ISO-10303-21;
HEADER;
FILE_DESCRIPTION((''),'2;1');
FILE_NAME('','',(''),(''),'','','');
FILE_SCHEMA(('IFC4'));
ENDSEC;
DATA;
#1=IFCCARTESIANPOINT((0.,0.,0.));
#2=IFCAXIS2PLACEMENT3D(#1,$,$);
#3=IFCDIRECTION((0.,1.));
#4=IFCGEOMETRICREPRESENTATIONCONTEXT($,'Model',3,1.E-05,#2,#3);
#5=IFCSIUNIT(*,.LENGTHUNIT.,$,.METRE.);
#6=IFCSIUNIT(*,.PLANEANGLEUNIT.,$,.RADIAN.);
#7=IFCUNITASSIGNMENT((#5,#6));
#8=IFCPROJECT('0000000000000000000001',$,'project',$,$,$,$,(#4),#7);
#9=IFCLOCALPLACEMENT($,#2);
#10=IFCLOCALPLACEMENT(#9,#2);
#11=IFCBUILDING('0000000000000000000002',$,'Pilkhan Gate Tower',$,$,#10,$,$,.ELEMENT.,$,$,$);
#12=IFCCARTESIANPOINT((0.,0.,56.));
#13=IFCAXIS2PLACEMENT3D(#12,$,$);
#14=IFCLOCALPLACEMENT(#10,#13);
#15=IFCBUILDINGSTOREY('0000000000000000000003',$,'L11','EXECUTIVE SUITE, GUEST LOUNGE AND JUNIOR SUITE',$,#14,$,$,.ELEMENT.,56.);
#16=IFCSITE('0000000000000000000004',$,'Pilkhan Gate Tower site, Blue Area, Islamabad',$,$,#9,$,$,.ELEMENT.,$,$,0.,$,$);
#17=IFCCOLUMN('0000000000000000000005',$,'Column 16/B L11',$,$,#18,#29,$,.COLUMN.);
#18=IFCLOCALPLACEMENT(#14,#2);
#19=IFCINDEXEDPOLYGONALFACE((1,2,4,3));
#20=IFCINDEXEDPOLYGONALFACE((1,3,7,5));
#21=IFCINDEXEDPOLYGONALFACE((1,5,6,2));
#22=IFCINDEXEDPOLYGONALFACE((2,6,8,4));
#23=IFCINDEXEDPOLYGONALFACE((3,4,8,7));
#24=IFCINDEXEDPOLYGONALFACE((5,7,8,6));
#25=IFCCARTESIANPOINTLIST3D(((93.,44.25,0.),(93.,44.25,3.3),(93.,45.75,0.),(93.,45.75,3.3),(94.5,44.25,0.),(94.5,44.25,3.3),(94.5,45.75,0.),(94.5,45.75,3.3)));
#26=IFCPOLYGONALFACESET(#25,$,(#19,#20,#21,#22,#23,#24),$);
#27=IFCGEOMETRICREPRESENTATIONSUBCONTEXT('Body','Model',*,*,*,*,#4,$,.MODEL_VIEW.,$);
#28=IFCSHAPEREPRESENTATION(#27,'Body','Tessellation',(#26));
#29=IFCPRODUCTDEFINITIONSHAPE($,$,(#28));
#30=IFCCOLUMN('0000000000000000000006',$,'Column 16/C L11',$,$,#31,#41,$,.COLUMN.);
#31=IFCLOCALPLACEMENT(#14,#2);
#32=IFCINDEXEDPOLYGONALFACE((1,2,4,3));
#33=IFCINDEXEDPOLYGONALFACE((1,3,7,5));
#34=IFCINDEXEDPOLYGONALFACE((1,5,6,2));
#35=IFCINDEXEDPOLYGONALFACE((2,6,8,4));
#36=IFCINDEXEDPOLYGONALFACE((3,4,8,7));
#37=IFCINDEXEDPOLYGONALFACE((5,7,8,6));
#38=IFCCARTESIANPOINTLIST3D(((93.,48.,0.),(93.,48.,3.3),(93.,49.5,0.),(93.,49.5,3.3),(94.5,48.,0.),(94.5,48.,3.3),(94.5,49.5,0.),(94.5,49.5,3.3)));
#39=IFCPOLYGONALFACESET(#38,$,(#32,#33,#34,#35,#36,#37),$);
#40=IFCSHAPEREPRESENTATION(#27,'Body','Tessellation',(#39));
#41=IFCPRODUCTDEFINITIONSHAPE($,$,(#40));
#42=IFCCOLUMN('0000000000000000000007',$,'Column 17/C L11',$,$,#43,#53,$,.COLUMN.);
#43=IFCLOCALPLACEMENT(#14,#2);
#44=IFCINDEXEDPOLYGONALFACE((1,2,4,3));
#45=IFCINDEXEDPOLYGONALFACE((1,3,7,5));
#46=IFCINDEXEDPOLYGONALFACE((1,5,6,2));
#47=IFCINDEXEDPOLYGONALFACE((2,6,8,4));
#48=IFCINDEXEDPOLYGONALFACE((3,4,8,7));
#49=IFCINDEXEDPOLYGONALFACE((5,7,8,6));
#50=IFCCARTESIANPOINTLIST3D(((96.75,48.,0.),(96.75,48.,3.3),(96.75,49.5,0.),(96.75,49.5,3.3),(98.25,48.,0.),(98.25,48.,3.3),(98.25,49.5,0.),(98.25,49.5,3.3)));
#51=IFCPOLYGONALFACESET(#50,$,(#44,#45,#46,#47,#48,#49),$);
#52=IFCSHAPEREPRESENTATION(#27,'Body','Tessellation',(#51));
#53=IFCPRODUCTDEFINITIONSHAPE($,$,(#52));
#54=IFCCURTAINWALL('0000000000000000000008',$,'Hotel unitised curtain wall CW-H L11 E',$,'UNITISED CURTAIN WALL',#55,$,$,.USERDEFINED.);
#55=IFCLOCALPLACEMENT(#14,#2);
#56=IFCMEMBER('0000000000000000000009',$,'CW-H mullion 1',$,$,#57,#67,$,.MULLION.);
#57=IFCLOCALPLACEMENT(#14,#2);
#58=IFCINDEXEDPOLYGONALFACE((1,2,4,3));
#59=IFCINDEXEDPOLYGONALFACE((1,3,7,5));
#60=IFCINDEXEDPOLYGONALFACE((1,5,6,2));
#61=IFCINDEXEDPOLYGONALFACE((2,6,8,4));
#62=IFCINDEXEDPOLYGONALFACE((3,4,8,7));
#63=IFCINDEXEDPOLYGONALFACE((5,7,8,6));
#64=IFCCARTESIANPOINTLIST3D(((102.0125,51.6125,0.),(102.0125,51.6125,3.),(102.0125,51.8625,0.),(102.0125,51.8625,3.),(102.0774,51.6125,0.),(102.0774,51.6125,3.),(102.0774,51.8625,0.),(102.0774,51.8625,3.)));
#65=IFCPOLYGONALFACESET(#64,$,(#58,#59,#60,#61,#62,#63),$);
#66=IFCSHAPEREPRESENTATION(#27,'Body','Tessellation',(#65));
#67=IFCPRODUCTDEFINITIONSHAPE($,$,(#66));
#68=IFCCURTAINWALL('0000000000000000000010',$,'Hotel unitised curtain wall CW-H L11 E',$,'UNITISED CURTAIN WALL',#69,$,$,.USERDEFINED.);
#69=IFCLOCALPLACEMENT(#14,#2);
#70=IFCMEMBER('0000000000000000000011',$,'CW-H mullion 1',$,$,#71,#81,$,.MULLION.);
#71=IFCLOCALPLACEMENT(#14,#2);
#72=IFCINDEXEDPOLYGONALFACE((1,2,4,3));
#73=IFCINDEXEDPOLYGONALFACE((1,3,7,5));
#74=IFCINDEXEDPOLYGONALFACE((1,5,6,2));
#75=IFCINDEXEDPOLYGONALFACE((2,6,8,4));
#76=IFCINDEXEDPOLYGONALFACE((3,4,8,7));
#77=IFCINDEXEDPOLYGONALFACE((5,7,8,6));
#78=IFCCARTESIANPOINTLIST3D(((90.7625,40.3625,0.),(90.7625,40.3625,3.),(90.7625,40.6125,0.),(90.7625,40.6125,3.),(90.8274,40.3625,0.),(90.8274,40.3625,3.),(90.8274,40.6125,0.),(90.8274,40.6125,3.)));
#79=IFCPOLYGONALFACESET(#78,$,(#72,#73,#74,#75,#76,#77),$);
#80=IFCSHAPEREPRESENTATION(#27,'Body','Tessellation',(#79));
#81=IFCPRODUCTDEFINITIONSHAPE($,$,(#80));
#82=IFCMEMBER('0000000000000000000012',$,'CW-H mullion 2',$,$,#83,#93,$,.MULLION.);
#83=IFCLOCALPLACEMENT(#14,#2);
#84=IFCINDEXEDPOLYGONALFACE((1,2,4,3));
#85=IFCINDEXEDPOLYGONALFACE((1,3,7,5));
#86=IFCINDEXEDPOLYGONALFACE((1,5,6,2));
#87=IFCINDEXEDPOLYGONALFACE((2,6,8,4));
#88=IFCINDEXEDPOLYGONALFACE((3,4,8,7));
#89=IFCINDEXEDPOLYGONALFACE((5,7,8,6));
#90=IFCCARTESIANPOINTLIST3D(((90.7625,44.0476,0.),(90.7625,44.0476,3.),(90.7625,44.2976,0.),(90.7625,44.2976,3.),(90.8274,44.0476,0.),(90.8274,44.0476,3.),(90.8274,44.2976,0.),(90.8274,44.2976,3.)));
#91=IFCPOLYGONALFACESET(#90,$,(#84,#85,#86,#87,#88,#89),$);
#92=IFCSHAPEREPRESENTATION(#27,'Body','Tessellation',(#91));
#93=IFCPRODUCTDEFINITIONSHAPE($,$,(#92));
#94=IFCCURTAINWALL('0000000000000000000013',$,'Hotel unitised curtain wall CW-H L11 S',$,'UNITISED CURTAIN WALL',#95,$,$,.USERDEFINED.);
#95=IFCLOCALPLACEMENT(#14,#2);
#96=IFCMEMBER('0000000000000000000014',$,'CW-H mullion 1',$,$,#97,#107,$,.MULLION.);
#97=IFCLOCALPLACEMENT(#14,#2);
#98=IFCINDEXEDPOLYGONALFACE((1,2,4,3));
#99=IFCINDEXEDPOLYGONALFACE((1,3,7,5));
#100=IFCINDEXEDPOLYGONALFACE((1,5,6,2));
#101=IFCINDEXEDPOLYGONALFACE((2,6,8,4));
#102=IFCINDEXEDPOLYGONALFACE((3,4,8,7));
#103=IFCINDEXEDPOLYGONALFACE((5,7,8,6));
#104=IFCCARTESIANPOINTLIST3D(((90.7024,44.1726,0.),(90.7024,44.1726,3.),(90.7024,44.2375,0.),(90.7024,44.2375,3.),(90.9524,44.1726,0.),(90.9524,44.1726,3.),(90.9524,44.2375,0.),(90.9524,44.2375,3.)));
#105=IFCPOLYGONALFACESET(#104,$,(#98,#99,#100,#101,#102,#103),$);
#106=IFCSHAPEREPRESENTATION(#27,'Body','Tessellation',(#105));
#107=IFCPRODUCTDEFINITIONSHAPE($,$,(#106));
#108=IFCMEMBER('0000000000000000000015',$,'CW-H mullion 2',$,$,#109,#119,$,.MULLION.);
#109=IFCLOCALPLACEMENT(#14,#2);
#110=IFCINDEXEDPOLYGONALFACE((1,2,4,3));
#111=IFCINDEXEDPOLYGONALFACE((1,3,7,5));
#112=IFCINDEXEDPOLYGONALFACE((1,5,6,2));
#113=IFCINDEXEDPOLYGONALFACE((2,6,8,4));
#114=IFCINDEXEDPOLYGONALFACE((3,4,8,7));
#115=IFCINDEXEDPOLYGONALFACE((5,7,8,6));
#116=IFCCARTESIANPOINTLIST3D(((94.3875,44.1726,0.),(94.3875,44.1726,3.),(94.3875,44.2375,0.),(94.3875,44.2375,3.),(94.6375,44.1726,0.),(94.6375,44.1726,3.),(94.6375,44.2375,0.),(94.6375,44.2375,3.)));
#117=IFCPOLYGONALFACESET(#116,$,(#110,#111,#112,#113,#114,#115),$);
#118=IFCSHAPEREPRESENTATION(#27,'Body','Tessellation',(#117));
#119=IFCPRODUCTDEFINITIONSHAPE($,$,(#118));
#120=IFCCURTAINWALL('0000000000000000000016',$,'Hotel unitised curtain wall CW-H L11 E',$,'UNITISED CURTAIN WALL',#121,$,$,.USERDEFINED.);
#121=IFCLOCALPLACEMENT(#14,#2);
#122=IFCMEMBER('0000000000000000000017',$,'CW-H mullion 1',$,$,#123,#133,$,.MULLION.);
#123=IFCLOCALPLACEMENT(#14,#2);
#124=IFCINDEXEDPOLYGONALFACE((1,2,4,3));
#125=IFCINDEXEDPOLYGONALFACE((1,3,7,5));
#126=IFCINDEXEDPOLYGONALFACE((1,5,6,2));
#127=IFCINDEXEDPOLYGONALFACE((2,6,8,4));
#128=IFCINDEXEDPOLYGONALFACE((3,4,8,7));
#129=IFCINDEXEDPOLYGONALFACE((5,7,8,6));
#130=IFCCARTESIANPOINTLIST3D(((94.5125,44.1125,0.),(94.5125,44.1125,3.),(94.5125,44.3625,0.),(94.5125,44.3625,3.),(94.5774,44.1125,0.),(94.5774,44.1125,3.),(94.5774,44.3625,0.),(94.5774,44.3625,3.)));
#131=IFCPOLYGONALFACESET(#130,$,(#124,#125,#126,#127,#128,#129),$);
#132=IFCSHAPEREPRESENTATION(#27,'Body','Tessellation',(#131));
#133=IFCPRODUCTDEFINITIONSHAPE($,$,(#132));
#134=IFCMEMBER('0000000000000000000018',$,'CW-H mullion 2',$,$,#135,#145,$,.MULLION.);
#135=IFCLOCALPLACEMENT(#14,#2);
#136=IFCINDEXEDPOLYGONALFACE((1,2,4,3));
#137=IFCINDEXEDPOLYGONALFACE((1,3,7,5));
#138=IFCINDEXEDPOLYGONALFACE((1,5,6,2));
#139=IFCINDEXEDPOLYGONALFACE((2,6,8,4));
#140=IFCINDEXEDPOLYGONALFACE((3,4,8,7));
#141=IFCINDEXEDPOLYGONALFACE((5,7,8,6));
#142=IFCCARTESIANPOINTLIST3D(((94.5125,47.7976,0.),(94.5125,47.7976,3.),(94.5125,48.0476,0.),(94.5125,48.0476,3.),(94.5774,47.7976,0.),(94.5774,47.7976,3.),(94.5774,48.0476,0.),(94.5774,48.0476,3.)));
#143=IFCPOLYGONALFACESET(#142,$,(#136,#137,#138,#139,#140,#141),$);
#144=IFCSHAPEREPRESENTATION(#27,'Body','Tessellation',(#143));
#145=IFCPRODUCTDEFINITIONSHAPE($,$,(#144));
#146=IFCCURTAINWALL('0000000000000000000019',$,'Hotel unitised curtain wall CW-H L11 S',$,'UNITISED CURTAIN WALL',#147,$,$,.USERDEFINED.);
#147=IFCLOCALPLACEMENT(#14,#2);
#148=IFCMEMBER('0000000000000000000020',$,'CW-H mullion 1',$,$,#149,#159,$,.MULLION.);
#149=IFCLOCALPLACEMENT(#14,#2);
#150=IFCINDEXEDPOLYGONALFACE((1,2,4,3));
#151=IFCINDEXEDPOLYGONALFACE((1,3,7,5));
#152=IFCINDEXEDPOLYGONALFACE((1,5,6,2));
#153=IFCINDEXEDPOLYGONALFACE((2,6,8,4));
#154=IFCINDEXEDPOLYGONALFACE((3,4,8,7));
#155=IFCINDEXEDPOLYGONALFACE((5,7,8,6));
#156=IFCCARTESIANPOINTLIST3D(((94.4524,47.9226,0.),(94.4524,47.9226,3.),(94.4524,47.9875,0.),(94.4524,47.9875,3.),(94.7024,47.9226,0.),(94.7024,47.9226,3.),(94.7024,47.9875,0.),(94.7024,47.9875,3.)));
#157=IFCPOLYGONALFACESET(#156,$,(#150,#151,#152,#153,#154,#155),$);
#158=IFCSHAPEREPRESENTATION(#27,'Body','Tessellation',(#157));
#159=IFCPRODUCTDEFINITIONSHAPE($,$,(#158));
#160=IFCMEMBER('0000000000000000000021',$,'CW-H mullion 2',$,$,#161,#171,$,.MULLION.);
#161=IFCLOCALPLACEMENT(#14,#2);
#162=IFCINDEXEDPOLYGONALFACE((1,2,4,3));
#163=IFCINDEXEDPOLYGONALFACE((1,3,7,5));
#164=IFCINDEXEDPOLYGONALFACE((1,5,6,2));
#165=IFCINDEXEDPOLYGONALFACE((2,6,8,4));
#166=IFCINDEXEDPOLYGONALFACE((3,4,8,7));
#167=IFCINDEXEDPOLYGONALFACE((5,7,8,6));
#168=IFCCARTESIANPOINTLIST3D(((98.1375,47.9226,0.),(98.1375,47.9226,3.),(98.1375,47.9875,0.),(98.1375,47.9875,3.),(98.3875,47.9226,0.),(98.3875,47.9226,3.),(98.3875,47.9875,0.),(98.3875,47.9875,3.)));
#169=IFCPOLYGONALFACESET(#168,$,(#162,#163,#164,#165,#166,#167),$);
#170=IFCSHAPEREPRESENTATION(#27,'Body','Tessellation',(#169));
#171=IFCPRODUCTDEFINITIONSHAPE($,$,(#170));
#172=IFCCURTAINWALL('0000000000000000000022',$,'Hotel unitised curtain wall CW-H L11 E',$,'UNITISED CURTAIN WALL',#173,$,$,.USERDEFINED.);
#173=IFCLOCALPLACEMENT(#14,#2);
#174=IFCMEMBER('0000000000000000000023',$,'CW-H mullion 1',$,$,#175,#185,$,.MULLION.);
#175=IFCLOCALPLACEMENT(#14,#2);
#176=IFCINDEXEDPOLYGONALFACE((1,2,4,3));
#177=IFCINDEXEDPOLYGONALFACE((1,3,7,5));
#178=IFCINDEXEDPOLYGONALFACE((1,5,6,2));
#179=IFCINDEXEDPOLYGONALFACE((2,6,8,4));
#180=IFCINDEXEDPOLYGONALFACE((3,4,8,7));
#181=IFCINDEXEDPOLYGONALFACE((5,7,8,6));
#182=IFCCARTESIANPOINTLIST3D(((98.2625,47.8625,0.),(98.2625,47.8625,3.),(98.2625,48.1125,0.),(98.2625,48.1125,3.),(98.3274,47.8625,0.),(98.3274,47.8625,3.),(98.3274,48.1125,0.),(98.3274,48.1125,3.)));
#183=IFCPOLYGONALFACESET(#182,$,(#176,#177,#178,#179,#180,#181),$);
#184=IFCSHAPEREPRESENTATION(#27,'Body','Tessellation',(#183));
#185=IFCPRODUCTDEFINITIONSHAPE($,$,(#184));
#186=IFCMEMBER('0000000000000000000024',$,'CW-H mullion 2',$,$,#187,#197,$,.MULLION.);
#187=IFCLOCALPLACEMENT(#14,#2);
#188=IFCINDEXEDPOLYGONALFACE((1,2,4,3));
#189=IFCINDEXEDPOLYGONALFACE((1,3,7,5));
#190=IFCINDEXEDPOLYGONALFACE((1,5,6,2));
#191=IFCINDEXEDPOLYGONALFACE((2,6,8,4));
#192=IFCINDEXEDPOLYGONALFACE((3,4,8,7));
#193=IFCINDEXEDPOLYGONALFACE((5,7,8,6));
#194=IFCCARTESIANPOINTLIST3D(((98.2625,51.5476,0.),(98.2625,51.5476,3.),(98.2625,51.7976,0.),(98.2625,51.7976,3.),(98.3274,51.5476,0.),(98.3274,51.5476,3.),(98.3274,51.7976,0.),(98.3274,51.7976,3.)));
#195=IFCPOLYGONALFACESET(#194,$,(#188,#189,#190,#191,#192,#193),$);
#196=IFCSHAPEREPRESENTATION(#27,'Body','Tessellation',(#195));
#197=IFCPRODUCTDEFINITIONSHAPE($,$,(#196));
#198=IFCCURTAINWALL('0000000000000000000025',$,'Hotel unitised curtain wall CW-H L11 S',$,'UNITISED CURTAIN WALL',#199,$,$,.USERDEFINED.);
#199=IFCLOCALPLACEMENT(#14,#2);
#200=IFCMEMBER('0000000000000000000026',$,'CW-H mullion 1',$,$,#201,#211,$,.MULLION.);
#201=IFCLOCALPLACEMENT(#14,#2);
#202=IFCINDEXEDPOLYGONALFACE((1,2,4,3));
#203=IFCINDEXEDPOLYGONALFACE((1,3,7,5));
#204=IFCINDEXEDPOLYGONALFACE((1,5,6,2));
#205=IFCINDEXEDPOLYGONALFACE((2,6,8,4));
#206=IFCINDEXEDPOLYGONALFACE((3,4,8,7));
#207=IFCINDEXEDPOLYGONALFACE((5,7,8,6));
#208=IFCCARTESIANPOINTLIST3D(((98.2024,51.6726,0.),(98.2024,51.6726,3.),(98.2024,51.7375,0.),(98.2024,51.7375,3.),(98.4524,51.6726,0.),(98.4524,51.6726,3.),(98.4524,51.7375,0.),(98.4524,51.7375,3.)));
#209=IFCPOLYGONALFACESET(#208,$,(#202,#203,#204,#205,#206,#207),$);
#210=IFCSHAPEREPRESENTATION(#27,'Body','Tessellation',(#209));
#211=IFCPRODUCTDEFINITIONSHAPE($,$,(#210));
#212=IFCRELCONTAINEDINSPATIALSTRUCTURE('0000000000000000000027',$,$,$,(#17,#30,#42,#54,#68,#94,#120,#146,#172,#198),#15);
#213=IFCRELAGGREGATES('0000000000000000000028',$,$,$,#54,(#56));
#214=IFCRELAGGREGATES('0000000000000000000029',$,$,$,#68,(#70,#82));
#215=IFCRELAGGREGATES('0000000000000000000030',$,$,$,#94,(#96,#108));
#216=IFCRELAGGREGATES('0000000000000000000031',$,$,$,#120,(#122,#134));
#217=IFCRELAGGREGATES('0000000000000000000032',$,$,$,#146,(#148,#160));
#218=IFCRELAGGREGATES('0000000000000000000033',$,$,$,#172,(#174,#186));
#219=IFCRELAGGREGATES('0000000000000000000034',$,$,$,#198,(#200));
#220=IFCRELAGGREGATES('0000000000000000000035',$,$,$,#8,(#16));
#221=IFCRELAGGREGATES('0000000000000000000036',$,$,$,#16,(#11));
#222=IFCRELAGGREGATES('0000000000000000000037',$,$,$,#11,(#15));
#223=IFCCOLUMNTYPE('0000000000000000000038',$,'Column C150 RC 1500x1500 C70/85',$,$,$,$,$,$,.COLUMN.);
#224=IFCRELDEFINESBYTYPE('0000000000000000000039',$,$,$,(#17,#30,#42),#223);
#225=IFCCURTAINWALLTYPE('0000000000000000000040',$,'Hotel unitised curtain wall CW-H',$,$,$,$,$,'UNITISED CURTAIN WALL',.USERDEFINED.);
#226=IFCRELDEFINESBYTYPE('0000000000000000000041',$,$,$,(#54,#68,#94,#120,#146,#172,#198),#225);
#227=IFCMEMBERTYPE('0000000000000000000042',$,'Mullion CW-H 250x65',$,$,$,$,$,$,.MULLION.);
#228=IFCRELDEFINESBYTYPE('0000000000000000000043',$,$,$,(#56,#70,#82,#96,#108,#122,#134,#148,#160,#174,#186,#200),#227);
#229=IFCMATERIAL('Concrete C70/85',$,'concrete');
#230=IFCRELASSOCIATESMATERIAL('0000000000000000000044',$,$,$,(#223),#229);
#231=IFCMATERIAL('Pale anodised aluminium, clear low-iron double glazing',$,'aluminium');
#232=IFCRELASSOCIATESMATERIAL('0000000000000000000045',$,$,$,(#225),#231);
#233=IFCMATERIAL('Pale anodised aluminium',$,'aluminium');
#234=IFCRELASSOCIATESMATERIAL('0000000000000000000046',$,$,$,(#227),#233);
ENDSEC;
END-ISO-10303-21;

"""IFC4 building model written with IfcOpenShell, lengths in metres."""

from ifc_helpers import new_model, si_unit, direction, frame, origin, origin_2d, place, context, subcontext, project, spatial, rectangle, extrude, material, material_profile, profile_set, type_object, element, aggregate, save


model = new_model("IFC4")

# Units and contexts
model_context = context("Model", 3, precision=1e-05, world=origin(), true_north=direction((0.0, 1.0)))
body_context = subcontext(model_context, "Body", "Model", "MODEL_VIEW")
ifc_project = project(units=[si_unit("LENGTHUNIT", "METRE"), si_unit("PLANEANGLEUNIT", "RADIAN")], contexts=[model_context])

# Site, building, storey
site_placement = place(None, origin())
site = spatial("IfcSite", under=ifc_project, at=site_placement, Name="Pilkhan Gate Tower site, Blue Area, Islamabad", CompositionType="ELEMENT", RefElevation=0.0)
building_placement = place(site_placement, origin())
building = spatial("IfcBuilding", under=site, at=building_placement, Name="Pilkhan Gate Tower", CompositionType="ELEMENT")
storey_placement = place(building_placement, frame((0.0, 0.0, 56.0)))
storey = spatial("IfcBuildingStorey", under=building, at=storey_placement, Name="L11", Description="EXECUTIVE SUITE, GUEST LOUNGE AND JUNIOR SUITE", CompositionType="ELEMENT", Elevation=56.0)

# Columns
ifc_material_1 = material(Name="Concrete C70/85", Category="concrete")
ifc_material_profile_1 = material_profile(ifc_material_1, rectangle(XDim=1.5, YDim=1.5, at=origin_2d()), Name="RC 1500x1500")
ifc_profile_set_1 = profile_set([ifc_material_profile_1], Name="Concrete C70/85")
column_type = type_object("IfcColumnType", Name="Column C150 RC 1500x1500 C70/85", PredefinedType="COLUMN", material=ifc_profile_set_1)
for number, where, z_axis, x_axis, name in (
    (1, (93.75, 45.0, 0.0), (0.0, 0.0, 1.0), (1.0, 0.0, 0.0), "Column 16/B L11"),
    (2, (93.75, 48.75, 0.0), (0.0, 0.0, 1.0), (1.0, 0.0, 0.0), "Column 16/C L11"),
    (3, (97.5, 48.75, 0.0), (0.0, 0.0, 1.0), (1.0, 0.0, 0.0), "Column 17/C L11"),
):
    element("IfcColumn", number, at=place(storey_placement, frame(where, z_axis=z_axis, x_axis=x_axis)), inside=storey, type_object=column_type, Name=name, PredefinedType="COLUMN", context=body_context, shape_type="SweptSolid", body=[
        extrude(rectangle(XDim=1.5, YDim=1.5, at=origin_2d()), origin(), (0.0, 0.0, 1.0), 3.3),
    ])

# Curtain wall, member
ifc_material_2 = material(Name="Pale anodised aluminium, clear low-iron double glazing", Category="aluminium")
curtain_wall_type = type_object("IfcCurtainWallType", Name="Hotel unitised curtain wall CW-H", ElementType="UNITISED CURTAIN WALL", PredefinedType="USERDEFINED", material=ifc_material_2)
curtain_wall_1_placement = place(storey_placement, origin())
curtain_wall_1 = element("IfcCurtainWall", 4, at=curtain_wall_1_placement, inside=storey, type_object=curtain_wall_type, Name="Hotel unitised curtain wall CW-H L11 E", ObjectType="UNITISED CURTAIN WALL", PredefinedType="USERDEFINED")
ifc_material_3 = material(Name="Pale anodised aluminium", Category="aluminium")
ifc_material_profile_2 = material_profile(ifc_material_3, rectangle(XDim=0.0649, YDim=0.25, at=origin_2d()), Name="Mullion 250x65")
ifc_profile_set_2 = profile_set([ifc_material_profile_2], Name="Pale anodised aluminium")
member_type_1 = type_object("IfcMemberType", Name="Mullion CW-H 250x65", PredefinedType="MULLION", material=ifc_profile_set_2)
member_1_placement = place(storey_placement, frame((102.0449, 51.7375, 0.0), z_axis=(0.0, 0.0, 1.0), x_axis=(-1.0, 0.0, 0.0)))
member_1 = element("IfcMember", 5, at=member_1_placement, type_object=member_type_1, Name="CW-H mullion 1", PredefinedType="MULLION", context=body_context, shape_type="SweptSolid", body=[
    extrude(rectangle(XDim=0.0649, YDim=0.25, at=origin_2d()), origin(), (0.0, 0.0, 1.0), 3.0),
])

# Curtain walls, members
curtain_wall_2_placement = place(storey_placement, origin())
curtain_wall_2 = element("IfcCurtainWall", 6, at=curtain_wall_2_placement, inside=storey, type_object=curtain_wall_type, Name="Hotel unitised curtain wall CW-H L11 E", ObjectType="UNITISED CURTAIN WALL", PredefinedType="USERDEFINED")
member_2_placement = place(storey_placement, frame((90.7949, 40.4875, 0.0), z_axis=(0.0, 0.0, 1.0), x_axis=(-1.0, 0.0, 0.0)))
member_2 = element("IfcMember", 7, at=member_2_placement, type_object=member_type_1, Name="CW-H mullion 1", PredefinedType="MULLION", context=body_context, shape_type="SweptSolid", body=[
    extrude(rectangle(XDim=0.0649, YDim=0.25, at=origin_2d()), origin(), (0.0, 0.0, 1.0), 3.0),
])
member_3_placement = place(storey_placement, frame((90.7949, 44.1726, 0.0), z_axis=(0.0, 0.0, 1.0), x_axis=(-1.0, 0.0, 0.0)))
member_3 = element("IfcMember", 8, at=member_3_placement, type_object=member_type_1, Name="CW-H mullion 2", PredefinedType="MULLION", context=body_context, shape_type="SweptSolid", body=[
    extrude(rectangle(XDim=0.0649, YDim=0.25, at=origin_2d()), origin(), (0.0, 0.0, 1.0), 3.0),
])
curtain_wall_3_placement = place(storey_placement, origin())
curtain_wall_3 = element("IfcCurtainWall", 9, at=curtain_wall_3_placement, inside=storey, type_object=curtain_wall_type, Name="Hotel unitised curtain wall CW-H L11 S", ObjectType="UNITISED CURTAIN WALL", PredefinedType="USERDEFINED")
member_4_placement = place(storey_placement, frame((90.8274, 44.2051, 0.0), z_axis=(0.0, 0.0, 1.0), x_axis=(0.0, 1.0, 0.0)))
member_4 = element("IfcMember", 10, at=member_4_placement, type_object=member_type_1, Name="CW-H mullion 1", PredefinedType="MULLION", context=body_context, shape_type="SweptSolid", body=[
    extrude(rectangle(XDim=0.0649, YDim=0.25, at=origin_2d()), origin(), (0.0, 0.0, 1.0), 3.0),
])
member_5_placement = place(storey_placement, frame((94.5125, 44.2051, 0.0), z_axis=(0.0, 0.0, 1.0), x_axis=(0.0, 1.0, 0.0)))
member_5 = element("IfcMember", 11, at=member_5_placement, type_object=member_type_1, Name="CW-H mullion 2", PredefinedType="MULLION", context=body_context, shape_type="SweptSolid", body=[
    extrude(rectangle(XDim=0.0649, YDim=0.25, at=origin_2d()), origin(), (0.0, 0.0, 1.0), 3.0),
])
curtain_wall_4_placement = place(storey_placement, origin())
curtain_wall_4 = element("IfcCurtainWall", 12, at=curtain_wall_4_placement, inside=storey, type_object=curtain_wall_type, Name="Hotel unitised curtain wall CW-H L11 E", ObjectType="UNITISED CURTAIN WALL", PredefinedType="USERDEFINED")
member_6_placement = place(storey_placement, frame((94.5449, 44.2375, 0.0), z_axis=(0.0, 0.0, 1.0), x_axis=(-1.0, 0.0, 0.0)))
member_6 = element("IfcMember", 13, at=member_6_placement, type_object=member_type_1, Name="CW-H mullion 1", PredefinedType="MULLION", context=body_context, shape_type="SweptSolid", body=[
    extrude(rectangle(XDim=0.0649, YDim=0.25, at=origin_2d()), origin(), (0.0, 0.0, 1.0), 3.0),
])
member_7_placement = place(storey_placement, frame((94.5449, 47.9226, 0.0), z_axis=(0.0, 0.0, 1.0), x_axis=(-1.0, 0.0, 0.0)))
member_7 = element("IfcMember", 14, at=member_7_placement, type_object=member_type_1, Name="CW-H mullion 2", PredefinedType="MULLION", context=body_context, shape_type="SweptSolid", body=[
    extrude(rectangle(XDim=0.0649, YDim=0.25, at=origin_2d()), origin(), (0.0, 0.0, 1.0), 3.0),
])
curtain_wall_5_placement = place(storey_placement, origin())
curtain_wall_5 = element("IfcCurtainWall", 15, at=curtain_wall_5_placement, inside=storey, type_object=curtain_wall_type, Name="Hotel unitised curtain wall CW-H L11 S", ObjectType="UNITISED CURTAIN WALL", PredefinedType="USERDEFINED")
member_8_placement = place(storey_placement, frame((94.5774, 47.9551, 0.0), z_axis=(0.0, 0.0, 1.0), x_axis=(0.0, 1.0, 0.0)))
member_8 = element("IfcMember", 16, at=member_8_placement, type_object=member_type_1, Name="CW-H mullion 1", PredefinedType="MULLION", context=body_context, shape_type="SweptSolid", body=[
    extrude(rectangle(XDim=0.0649, YDim=0.25, at=origin_2d()), origin(), (0.0, 0.0, 1.0), 3.0),
])
member_9_placement = place(storey_placement, frame((98.2625, 47.9551, 0.0), z_axis=(0.0, 0.0, 1.0), x_axis=(0.0, 1.0, 0.0)))
member_9 = element("IfcMember", 17, at=member_9_placement, type_object=member_type_1, Name="CW-H mullion 2", PredefinedType="MULLION", context=body_context, shape_type="SweptSolid", body=[
    extrude(rectangle(XDim=0.0649, YDim=0.25, at=origin_2d()), origin(), (0.0, 0.0, 1.0), 3.0),
])
curtain_wall_6_placement = place(storey_placement, origin())
curtain_wall_6 = element("IfcCurtainWall", 18, at=curtain_wall_6_placement, inside=storey, type_object=curtain_wall_type, Name="Hotel unitised curtain wall CW-H L11 E", ObjectType="UNITISED CURTAIN WALL", PredefinedType="USERDEFINED")
member_10_placement = place(storey_placement, frame((98.2949, 47.9875, 0.0), z_axis=(0.0, 0.0, 1.0), x_axis=(-1.0, 0.0, 0.0)))
member_10 = element("IfcMember", 19, at=member_10_placement, type_object=member_type_1, Name="CW-H mullion 1", PredefinedType="MULLION", context=body_context, shape_type="SweptSolid", body=[
    extrude(rectangle(XDim=0.0649, YDim=0.25, at=origin_2d()), origin(), (0.0, 0.0, 1.0), 3.0),
])
member_11_placement = place(storey_placement, frame((98.2949, 51.6726, 0.0), z_axis=(0.0, 0.0, 1.0), x_axis=(-1.0, 0.0, 0.0)))
member_11 = element("IfcMember", 20, at=member_11_placement, type_object=member_type_1, Name="CW-H mullion 2", PredefinedType="MULLION", context=body_context, shape_type="SweptSolid", body=[
    extrude(rectangle(XDim=0.0649, YDim=0.25, at=origin_2d()), origin(), (0.0, 0.0, 1.0), 3.0),
])
curtain_wall_7_placement = place(storey_placement, origin())
curtain_wall_7 = element("IfcCurtainWall", 21, at=curtain_wall_7_placement, inside=storey, type_object=curtain_wall_type, Name="Hotel unitised curtain wall CW-H L11 S", ObjectType="UNITISED CURTAIN WALL", PredefinedType="USERDEFINED")
member_12_placement = place(storey_placement, frame((98.3274, 51.7051, 0.0), z_axis=(0.0, 0.0, 1.0), x_axis=(0.0, 1.0, 0.0)))
member_12 = element("IfcMember", 22, at=member_12_placement, type_object=member_type_1, Name="CW-H mullion 1", PredefinedType="MULLION", context=body_context, shape_type="SweptSolid", body=[
    extrude(rectangle(XDim=0.0649, YDim=0.25, at=origin_2d()), origin(), (0.0, 0.0, 1.0), 3.0),
])

aggregate(curtain_wall_1, [member_1])

aggregate(curtain_wall_2, [member_2, member_3])
aggregate(curtain_wall_3, [member_4, member_5])
aggregate(curtain_wall_4, [member_6, member_7])
aggregate(curtain_wall_5, [member_8, member_9])
aggregate(curtain_wall_6, [member_10, member_11])
aggregate(curtain_wall_7, [member_12])

save(model, "model.ifc")
